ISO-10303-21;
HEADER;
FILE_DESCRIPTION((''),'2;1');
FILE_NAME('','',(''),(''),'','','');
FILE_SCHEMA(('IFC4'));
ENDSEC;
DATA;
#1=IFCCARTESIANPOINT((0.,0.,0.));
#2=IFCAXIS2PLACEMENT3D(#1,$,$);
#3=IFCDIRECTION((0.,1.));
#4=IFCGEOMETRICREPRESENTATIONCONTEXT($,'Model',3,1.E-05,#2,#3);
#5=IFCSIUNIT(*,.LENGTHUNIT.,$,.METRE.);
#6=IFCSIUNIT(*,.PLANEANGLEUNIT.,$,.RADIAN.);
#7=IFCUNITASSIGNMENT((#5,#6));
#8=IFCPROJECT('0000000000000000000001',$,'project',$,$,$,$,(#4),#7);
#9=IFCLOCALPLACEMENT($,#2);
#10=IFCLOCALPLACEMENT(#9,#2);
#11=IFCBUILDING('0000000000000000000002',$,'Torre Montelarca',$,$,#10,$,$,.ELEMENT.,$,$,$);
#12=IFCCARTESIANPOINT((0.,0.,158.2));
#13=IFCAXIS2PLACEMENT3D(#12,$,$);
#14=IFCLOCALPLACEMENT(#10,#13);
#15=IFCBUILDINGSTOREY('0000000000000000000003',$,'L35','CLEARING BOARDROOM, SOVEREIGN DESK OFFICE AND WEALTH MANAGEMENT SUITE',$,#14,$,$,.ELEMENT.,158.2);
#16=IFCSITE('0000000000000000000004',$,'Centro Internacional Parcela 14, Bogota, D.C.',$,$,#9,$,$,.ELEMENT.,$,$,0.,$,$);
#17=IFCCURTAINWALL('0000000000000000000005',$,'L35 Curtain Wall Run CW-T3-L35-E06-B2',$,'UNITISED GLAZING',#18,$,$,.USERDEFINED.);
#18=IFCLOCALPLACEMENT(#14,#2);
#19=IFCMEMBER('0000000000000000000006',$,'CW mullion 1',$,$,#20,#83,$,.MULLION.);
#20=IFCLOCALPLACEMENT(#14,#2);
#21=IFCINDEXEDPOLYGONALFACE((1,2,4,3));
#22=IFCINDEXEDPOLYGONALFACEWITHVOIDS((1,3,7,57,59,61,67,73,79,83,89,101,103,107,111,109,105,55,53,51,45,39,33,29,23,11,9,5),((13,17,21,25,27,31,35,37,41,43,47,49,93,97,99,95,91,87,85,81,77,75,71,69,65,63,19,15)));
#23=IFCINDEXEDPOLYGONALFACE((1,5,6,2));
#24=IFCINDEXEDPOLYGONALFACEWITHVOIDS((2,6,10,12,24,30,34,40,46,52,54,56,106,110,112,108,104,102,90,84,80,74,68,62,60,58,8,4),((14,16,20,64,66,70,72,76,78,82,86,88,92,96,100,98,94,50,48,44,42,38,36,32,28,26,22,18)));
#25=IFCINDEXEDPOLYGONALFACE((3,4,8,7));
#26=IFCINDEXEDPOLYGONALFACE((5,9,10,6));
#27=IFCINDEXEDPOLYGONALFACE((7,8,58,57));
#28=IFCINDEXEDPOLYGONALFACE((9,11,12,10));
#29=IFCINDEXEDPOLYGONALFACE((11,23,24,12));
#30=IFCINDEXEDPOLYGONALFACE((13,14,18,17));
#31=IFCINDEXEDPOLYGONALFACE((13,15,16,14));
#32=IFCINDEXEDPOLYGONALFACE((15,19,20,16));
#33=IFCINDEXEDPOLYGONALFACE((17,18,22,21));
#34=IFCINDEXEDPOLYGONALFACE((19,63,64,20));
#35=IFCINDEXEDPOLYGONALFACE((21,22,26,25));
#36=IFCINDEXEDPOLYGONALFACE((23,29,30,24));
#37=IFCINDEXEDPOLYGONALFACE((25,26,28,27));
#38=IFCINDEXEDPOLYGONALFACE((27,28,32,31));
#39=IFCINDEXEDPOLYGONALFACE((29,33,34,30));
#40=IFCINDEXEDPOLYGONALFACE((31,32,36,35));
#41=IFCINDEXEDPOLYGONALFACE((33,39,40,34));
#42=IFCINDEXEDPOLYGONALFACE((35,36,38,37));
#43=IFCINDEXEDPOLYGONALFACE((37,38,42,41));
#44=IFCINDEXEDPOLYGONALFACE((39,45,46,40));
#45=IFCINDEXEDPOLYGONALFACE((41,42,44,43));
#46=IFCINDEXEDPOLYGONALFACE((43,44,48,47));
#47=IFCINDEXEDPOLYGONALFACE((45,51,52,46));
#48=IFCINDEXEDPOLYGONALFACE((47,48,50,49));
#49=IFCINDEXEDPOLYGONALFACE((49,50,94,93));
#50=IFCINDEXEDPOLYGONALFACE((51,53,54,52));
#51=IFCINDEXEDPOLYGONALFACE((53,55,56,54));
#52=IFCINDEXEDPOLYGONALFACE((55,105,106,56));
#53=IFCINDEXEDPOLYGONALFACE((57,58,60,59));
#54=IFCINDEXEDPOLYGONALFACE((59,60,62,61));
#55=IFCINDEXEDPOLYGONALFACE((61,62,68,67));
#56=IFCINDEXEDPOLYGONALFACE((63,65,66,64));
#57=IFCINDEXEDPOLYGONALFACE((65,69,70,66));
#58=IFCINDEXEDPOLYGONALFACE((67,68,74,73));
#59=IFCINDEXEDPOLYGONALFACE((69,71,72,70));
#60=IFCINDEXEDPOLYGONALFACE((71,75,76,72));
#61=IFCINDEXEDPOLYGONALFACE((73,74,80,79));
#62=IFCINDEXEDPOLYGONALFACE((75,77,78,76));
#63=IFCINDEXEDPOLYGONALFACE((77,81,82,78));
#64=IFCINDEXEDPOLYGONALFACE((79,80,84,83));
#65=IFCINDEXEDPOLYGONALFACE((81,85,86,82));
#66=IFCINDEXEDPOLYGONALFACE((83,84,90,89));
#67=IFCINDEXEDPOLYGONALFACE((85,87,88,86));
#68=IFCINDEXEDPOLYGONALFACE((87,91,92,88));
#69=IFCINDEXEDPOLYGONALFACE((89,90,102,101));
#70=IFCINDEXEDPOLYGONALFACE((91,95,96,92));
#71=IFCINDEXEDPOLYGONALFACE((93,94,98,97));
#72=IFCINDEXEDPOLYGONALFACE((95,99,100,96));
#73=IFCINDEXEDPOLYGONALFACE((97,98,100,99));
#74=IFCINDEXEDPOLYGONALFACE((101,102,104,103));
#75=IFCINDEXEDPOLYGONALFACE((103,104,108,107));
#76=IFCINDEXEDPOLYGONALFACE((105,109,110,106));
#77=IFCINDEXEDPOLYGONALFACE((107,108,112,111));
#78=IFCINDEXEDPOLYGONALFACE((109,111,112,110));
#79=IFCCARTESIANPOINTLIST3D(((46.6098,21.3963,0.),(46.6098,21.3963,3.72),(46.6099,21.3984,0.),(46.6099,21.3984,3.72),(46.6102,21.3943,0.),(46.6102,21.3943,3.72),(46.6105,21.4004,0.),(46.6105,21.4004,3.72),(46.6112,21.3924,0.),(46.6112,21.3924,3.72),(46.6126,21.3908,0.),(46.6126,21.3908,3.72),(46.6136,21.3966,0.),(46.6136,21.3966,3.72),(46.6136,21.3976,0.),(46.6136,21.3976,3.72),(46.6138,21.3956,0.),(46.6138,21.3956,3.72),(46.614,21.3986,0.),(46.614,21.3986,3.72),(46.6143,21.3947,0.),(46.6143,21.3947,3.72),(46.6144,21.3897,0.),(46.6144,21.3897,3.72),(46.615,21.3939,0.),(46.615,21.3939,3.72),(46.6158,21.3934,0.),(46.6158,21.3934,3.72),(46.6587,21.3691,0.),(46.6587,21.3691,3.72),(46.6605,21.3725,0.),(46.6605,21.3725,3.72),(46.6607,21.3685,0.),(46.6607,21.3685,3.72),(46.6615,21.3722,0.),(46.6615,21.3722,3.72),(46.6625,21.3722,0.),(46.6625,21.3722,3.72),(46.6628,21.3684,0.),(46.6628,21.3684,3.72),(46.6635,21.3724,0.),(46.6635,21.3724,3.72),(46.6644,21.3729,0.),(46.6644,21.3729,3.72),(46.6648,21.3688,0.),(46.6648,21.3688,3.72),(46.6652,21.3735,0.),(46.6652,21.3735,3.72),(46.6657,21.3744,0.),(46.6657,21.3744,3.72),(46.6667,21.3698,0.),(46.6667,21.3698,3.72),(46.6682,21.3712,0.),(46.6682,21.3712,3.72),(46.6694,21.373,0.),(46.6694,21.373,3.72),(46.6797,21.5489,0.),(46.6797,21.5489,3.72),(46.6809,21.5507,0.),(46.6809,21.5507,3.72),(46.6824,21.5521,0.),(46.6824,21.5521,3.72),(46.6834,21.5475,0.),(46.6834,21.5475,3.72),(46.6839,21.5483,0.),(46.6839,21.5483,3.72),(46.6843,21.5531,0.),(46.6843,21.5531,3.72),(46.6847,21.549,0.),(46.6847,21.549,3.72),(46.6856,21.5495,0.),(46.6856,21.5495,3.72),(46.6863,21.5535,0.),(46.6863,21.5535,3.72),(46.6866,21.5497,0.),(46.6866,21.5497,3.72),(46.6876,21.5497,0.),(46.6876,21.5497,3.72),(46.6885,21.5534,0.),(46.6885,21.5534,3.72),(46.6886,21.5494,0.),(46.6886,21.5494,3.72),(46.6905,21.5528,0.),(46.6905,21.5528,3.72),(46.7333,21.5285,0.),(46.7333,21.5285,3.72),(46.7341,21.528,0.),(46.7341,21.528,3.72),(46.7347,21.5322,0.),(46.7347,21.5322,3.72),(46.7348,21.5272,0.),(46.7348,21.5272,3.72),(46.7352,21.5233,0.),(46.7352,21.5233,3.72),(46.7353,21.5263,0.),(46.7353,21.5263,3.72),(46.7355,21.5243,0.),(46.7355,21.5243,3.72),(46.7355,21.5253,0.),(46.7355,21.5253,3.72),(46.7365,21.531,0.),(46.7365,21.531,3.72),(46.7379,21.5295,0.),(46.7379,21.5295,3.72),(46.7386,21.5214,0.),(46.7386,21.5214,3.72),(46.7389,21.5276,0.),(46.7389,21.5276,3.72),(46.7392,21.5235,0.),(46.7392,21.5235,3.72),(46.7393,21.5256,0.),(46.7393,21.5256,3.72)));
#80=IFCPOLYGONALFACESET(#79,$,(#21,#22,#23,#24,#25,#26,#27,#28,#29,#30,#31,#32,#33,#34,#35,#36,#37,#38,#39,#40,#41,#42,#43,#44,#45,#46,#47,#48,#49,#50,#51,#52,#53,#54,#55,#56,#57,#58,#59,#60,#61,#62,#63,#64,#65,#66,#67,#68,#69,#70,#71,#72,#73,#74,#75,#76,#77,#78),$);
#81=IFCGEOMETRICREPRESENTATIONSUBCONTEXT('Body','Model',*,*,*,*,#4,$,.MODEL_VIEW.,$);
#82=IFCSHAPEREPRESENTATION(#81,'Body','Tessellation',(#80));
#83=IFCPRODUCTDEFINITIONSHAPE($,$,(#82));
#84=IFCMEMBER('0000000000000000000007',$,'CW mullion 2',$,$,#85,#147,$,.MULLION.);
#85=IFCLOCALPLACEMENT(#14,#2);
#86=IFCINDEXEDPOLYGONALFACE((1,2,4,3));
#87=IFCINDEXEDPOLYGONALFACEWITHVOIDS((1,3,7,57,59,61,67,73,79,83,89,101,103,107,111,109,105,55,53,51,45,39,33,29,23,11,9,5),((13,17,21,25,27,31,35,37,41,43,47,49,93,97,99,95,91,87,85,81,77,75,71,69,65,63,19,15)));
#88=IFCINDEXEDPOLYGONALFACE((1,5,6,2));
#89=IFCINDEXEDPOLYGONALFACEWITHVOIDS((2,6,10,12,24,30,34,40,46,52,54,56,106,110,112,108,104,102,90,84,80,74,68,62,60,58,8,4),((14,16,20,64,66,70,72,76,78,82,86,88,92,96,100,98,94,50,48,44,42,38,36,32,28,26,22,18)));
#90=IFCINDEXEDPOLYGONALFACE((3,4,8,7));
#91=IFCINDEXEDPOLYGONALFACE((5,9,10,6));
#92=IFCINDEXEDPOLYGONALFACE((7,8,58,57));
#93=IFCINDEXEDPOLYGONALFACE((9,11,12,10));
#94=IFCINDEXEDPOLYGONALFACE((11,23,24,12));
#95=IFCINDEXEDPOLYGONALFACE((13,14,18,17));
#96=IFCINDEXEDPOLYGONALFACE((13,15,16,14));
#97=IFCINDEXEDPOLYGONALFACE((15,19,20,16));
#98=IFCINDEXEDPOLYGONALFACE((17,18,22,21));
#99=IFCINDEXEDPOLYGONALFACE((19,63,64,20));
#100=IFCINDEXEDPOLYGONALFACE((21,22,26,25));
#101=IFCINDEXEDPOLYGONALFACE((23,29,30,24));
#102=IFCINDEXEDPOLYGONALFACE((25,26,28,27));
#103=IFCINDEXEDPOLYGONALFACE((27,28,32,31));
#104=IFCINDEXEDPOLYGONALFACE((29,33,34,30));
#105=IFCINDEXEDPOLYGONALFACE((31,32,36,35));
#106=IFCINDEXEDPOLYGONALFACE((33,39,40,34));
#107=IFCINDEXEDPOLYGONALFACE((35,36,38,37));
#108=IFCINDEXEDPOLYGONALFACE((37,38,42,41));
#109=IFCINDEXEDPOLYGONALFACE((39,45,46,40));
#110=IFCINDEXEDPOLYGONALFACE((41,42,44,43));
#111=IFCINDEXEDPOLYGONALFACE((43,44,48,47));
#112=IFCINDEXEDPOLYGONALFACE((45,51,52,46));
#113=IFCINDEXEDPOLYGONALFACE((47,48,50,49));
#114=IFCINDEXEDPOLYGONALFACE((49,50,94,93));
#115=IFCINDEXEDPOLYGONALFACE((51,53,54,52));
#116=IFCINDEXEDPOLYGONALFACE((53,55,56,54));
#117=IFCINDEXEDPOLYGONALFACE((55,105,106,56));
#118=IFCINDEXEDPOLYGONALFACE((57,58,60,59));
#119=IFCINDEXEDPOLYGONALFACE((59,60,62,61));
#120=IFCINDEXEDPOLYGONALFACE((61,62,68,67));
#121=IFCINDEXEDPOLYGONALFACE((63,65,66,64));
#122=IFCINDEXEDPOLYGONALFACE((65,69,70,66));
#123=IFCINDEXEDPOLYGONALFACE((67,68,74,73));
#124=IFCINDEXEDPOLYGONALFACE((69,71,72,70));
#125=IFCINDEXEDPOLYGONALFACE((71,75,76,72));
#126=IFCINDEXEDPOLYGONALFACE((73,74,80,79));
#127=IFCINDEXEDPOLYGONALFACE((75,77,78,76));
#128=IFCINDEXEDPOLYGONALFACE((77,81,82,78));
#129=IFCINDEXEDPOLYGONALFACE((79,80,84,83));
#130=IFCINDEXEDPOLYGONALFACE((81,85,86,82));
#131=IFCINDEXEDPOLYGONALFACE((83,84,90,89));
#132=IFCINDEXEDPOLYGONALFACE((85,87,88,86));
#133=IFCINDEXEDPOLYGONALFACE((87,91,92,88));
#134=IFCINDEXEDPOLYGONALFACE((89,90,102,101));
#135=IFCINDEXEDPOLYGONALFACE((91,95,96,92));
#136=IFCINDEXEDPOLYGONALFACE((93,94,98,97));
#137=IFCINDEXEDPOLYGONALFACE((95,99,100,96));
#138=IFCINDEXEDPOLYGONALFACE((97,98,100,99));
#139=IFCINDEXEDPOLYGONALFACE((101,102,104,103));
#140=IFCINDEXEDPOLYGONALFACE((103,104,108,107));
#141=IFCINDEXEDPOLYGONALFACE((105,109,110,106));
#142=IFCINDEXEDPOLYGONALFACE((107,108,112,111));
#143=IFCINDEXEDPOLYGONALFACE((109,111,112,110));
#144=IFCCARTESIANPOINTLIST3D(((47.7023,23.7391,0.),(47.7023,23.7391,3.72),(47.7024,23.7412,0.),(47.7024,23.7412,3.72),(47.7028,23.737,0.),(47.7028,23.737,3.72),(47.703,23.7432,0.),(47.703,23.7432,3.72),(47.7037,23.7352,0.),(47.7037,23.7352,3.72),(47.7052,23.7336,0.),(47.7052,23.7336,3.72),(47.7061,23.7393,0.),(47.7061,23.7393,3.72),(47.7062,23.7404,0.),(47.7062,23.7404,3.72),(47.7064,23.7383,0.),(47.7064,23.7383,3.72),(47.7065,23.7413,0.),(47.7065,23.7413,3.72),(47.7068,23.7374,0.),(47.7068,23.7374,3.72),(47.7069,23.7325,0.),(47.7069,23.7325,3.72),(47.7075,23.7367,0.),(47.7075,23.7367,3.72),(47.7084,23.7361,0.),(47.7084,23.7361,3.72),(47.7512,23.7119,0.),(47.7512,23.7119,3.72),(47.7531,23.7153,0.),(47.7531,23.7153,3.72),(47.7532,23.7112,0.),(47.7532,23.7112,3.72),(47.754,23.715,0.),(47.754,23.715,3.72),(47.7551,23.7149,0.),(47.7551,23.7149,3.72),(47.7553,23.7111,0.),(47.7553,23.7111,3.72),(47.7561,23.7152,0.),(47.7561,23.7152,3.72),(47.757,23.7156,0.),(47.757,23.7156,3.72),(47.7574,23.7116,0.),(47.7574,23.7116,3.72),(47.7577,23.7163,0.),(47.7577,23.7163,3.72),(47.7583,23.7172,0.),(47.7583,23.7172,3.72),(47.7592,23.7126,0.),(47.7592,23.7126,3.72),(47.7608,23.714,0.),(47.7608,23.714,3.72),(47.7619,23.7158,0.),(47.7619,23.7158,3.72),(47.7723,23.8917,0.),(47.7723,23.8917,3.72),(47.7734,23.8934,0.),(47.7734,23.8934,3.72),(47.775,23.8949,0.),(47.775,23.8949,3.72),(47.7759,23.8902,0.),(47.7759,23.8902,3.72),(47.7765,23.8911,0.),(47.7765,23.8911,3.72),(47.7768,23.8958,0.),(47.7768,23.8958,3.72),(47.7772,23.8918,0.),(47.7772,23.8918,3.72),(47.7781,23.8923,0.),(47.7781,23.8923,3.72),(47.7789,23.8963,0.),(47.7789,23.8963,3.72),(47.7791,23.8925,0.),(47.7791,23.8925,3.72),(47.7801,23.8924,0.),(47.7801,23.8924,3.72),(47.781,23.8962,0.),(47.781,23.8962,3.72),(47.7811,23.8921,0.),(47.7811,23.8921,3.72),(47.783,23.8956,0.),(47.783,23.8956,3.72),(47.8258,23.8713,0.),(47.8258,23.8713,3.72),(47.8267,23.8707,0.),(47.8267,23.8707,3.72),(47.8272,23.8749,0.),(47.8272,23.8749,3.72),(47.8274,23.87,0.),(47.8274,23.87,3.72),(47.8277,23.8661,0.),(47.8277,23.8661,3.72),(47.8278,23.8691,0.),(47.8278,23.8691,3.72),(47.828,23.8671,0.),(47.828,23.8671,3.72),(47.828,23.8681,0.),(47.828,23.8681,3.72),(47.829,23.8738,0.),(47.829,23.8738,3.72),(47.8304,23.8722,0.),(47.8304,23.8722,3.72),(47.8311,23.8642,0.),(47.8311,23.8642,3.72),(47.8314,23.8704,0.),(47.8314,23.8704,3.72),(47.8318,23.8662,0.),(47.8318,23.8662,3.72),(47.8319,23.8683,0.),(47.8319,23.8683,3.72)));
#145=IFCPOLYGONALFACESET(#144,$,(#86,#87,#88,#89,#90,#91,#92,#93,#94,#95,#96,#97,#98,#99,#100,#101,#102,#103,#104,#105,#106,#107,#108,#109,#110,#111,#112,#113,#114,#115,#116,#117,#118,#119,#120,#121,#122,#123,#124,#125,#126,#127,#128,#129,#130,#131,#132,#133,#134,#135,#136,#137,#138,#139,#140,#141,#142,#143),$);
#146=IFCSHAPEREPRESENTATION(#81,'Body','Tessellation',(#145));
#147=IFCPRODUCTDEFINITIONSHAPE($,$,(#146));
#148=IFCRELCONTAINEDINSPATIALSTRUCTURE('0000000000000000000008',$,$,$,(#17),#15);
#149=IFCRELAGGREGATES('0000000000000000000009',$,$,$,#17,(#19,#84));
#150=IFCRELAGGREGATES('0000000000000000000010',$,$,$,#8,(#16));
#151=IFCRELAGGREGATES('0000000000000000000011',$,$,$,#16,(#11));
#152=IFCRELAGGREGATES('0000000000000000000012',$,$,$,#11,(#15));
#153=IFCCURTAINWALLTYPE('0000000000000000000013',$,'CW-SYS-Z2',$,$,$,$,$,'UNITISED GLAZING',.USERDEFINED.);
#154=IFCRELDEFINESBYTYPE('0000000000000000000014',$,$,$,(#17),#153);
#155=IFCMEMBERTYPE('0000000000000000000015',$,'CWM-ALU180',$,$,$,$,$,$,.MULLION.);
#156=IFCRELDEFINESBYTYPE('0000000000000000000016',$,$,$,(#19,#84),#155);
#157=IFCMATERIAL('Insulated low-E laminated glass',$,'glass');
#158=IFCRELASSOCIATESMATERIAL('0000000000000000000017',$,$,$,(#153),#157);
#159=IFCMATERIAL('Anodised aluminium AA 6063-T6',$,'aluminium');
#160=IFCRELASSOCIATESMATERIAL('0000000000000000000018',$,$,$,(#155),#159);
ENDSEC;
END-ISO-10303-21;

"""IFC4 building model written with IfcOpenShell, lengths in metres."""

from ifc_helpers import new_model, si_unit, direction, frame, origin, origin_2d, place, context, subcontext, project, spatial, hollow_rectangle, extrude, source, transform, mapped, material, material_profile, profile_set, type_object, element, aggregate, save


model = new_model("IFC4")

# Units and contexts
model_context = context("Model", 3, precision=1e-05, world=origin(), true_north=direction((0.0, 1.0)))
body_context = subcontext(model_context, "Body", "Model", "MODEL_VIEW")
ifc_project = project(units=[si_unit("LENGTHUNIT", "METRE"), si_unit("PLANEANGLEUNIT", "RADIAN")], contexts=[model_context])

# Site, building, storey
site_placement = place(None, origin())
site = spatial("IfcSite", under=ifc_project, at=site_placement, Name="Centro Internacional Parcela 14, Bogota, D.C.", CompositionType="ELEMENT", RefElevation=0.0)
building_placement = place(site_placement, origin())
building = spatial("IfcBuilding", under=site, at=building_placement, Name="Torre Montelarca", CompositionType="ELEMENT")
storey_placement = place(building_placement, frame((0.0, 0.0, 158.2)))
storey = spatial("IfcBuildingStorey", under=building, at=storey_placement, Name="L35", Description="CLEARING BOARDROOM, SOVEREIGN DESK OFFICE AND WEALTH MANAGEMENT SUITE", CompositionType="ELEMENT", Elevation=158.2)

# Curtain wall, members
ifc_material_1 = material(Name="Insulated low-E laminated glass", Category="glass")
curtain_wall_type = type_object("IfcCurtainWallType", Name="CW-SYS-Z2", ElementType="UNITISED GLAZING", PredefinedType="USERDEFINED", material=ifc_material_1)
ifc_material_2 = material(Name="Anodised aluminium AA 6063-T6", Category="aluminium")
ifc_material_profile_1 = material_profile(ifc_material_2, hollow_rectangle(XDim=0.0649, YDim=0.1799, WallThickness=0.0039, InnerFilletRadius=0.0039, OuterFilletRadius=0.0081, at=origin_2d()), Name="ALU65X180X4", Category="aluminium")
ifc_profile_set_1 = profile_set([ifc_material_profile_1], Name="Anodised aluminium AA 6063-T6")
member_type_1 = type_object("IfcMemberType", Name="CWM-ALU180", PredefinedType="MULLION", material=ifc_profile_set_1)
shared_shape_1 = source(origin(), body_context, "Body", "SweptSolid", [
    extrude(hollow_rectangle(XDim=0.0649, YDim=0.1799, WallThickness=0.0039, InnerFilletRadius=0.0039, OuterFilletRadius=0.0081, at=origin_2d()), origin(), (0.0, 0.0, 1.0), 3.72),
])
curtain_wall_1_placement = place(storey_placement, origin())
curtain_wall_1 = element("IfcCurtainWall", 1, at=curtain_wall_1_placement, inside=storey, type_object=curtain_wall_type, Name="L35 Curtain Wall Run CW-T3-L35-E06-B2", ObjectType="UNITISED GLAZING", PredefinedType="USERDEFINED")
member_1_placement = place(storey_placement, frame((46.6746, 21.4609, 0.0), z_axis=(0.0, 0.0, 1.0), x_axis=(-0.906304, 0.422626, 0.0)))
member_1 = element("IfcMember", 2, at=member_1_placement, type_object=member_type_1, Name="CW mullion 1", PredefinedType="MULLION", context=body_context, shape_type="MappedRepresentation", body=[
    mapped(shared_shape_1, transform((0.0, 0.0, 0.0), scale=1.0)),
])
member_2_placement = place(storey_placement, frame((47.7671, 23.8037, 0.0), z_axis=(0.0, 0.0, 1.0), x_axis=(-0.906304, 0.422626, 0.0)))
member_2 = element("IfcMember", 3, at=member_2_placement, type_object=member_type_1, Name="CW mullion 2", PredefinedType="MULLION", context=body_context, shape_type="MappedRepresentation", body=[
    mapped(shared_shape_1, transform((0.0, 0.0, 0.0), scale=1.0)),
])

aggregate(curtain_wall_1, [member_1, member_2])

save(model, "model.ifc")
